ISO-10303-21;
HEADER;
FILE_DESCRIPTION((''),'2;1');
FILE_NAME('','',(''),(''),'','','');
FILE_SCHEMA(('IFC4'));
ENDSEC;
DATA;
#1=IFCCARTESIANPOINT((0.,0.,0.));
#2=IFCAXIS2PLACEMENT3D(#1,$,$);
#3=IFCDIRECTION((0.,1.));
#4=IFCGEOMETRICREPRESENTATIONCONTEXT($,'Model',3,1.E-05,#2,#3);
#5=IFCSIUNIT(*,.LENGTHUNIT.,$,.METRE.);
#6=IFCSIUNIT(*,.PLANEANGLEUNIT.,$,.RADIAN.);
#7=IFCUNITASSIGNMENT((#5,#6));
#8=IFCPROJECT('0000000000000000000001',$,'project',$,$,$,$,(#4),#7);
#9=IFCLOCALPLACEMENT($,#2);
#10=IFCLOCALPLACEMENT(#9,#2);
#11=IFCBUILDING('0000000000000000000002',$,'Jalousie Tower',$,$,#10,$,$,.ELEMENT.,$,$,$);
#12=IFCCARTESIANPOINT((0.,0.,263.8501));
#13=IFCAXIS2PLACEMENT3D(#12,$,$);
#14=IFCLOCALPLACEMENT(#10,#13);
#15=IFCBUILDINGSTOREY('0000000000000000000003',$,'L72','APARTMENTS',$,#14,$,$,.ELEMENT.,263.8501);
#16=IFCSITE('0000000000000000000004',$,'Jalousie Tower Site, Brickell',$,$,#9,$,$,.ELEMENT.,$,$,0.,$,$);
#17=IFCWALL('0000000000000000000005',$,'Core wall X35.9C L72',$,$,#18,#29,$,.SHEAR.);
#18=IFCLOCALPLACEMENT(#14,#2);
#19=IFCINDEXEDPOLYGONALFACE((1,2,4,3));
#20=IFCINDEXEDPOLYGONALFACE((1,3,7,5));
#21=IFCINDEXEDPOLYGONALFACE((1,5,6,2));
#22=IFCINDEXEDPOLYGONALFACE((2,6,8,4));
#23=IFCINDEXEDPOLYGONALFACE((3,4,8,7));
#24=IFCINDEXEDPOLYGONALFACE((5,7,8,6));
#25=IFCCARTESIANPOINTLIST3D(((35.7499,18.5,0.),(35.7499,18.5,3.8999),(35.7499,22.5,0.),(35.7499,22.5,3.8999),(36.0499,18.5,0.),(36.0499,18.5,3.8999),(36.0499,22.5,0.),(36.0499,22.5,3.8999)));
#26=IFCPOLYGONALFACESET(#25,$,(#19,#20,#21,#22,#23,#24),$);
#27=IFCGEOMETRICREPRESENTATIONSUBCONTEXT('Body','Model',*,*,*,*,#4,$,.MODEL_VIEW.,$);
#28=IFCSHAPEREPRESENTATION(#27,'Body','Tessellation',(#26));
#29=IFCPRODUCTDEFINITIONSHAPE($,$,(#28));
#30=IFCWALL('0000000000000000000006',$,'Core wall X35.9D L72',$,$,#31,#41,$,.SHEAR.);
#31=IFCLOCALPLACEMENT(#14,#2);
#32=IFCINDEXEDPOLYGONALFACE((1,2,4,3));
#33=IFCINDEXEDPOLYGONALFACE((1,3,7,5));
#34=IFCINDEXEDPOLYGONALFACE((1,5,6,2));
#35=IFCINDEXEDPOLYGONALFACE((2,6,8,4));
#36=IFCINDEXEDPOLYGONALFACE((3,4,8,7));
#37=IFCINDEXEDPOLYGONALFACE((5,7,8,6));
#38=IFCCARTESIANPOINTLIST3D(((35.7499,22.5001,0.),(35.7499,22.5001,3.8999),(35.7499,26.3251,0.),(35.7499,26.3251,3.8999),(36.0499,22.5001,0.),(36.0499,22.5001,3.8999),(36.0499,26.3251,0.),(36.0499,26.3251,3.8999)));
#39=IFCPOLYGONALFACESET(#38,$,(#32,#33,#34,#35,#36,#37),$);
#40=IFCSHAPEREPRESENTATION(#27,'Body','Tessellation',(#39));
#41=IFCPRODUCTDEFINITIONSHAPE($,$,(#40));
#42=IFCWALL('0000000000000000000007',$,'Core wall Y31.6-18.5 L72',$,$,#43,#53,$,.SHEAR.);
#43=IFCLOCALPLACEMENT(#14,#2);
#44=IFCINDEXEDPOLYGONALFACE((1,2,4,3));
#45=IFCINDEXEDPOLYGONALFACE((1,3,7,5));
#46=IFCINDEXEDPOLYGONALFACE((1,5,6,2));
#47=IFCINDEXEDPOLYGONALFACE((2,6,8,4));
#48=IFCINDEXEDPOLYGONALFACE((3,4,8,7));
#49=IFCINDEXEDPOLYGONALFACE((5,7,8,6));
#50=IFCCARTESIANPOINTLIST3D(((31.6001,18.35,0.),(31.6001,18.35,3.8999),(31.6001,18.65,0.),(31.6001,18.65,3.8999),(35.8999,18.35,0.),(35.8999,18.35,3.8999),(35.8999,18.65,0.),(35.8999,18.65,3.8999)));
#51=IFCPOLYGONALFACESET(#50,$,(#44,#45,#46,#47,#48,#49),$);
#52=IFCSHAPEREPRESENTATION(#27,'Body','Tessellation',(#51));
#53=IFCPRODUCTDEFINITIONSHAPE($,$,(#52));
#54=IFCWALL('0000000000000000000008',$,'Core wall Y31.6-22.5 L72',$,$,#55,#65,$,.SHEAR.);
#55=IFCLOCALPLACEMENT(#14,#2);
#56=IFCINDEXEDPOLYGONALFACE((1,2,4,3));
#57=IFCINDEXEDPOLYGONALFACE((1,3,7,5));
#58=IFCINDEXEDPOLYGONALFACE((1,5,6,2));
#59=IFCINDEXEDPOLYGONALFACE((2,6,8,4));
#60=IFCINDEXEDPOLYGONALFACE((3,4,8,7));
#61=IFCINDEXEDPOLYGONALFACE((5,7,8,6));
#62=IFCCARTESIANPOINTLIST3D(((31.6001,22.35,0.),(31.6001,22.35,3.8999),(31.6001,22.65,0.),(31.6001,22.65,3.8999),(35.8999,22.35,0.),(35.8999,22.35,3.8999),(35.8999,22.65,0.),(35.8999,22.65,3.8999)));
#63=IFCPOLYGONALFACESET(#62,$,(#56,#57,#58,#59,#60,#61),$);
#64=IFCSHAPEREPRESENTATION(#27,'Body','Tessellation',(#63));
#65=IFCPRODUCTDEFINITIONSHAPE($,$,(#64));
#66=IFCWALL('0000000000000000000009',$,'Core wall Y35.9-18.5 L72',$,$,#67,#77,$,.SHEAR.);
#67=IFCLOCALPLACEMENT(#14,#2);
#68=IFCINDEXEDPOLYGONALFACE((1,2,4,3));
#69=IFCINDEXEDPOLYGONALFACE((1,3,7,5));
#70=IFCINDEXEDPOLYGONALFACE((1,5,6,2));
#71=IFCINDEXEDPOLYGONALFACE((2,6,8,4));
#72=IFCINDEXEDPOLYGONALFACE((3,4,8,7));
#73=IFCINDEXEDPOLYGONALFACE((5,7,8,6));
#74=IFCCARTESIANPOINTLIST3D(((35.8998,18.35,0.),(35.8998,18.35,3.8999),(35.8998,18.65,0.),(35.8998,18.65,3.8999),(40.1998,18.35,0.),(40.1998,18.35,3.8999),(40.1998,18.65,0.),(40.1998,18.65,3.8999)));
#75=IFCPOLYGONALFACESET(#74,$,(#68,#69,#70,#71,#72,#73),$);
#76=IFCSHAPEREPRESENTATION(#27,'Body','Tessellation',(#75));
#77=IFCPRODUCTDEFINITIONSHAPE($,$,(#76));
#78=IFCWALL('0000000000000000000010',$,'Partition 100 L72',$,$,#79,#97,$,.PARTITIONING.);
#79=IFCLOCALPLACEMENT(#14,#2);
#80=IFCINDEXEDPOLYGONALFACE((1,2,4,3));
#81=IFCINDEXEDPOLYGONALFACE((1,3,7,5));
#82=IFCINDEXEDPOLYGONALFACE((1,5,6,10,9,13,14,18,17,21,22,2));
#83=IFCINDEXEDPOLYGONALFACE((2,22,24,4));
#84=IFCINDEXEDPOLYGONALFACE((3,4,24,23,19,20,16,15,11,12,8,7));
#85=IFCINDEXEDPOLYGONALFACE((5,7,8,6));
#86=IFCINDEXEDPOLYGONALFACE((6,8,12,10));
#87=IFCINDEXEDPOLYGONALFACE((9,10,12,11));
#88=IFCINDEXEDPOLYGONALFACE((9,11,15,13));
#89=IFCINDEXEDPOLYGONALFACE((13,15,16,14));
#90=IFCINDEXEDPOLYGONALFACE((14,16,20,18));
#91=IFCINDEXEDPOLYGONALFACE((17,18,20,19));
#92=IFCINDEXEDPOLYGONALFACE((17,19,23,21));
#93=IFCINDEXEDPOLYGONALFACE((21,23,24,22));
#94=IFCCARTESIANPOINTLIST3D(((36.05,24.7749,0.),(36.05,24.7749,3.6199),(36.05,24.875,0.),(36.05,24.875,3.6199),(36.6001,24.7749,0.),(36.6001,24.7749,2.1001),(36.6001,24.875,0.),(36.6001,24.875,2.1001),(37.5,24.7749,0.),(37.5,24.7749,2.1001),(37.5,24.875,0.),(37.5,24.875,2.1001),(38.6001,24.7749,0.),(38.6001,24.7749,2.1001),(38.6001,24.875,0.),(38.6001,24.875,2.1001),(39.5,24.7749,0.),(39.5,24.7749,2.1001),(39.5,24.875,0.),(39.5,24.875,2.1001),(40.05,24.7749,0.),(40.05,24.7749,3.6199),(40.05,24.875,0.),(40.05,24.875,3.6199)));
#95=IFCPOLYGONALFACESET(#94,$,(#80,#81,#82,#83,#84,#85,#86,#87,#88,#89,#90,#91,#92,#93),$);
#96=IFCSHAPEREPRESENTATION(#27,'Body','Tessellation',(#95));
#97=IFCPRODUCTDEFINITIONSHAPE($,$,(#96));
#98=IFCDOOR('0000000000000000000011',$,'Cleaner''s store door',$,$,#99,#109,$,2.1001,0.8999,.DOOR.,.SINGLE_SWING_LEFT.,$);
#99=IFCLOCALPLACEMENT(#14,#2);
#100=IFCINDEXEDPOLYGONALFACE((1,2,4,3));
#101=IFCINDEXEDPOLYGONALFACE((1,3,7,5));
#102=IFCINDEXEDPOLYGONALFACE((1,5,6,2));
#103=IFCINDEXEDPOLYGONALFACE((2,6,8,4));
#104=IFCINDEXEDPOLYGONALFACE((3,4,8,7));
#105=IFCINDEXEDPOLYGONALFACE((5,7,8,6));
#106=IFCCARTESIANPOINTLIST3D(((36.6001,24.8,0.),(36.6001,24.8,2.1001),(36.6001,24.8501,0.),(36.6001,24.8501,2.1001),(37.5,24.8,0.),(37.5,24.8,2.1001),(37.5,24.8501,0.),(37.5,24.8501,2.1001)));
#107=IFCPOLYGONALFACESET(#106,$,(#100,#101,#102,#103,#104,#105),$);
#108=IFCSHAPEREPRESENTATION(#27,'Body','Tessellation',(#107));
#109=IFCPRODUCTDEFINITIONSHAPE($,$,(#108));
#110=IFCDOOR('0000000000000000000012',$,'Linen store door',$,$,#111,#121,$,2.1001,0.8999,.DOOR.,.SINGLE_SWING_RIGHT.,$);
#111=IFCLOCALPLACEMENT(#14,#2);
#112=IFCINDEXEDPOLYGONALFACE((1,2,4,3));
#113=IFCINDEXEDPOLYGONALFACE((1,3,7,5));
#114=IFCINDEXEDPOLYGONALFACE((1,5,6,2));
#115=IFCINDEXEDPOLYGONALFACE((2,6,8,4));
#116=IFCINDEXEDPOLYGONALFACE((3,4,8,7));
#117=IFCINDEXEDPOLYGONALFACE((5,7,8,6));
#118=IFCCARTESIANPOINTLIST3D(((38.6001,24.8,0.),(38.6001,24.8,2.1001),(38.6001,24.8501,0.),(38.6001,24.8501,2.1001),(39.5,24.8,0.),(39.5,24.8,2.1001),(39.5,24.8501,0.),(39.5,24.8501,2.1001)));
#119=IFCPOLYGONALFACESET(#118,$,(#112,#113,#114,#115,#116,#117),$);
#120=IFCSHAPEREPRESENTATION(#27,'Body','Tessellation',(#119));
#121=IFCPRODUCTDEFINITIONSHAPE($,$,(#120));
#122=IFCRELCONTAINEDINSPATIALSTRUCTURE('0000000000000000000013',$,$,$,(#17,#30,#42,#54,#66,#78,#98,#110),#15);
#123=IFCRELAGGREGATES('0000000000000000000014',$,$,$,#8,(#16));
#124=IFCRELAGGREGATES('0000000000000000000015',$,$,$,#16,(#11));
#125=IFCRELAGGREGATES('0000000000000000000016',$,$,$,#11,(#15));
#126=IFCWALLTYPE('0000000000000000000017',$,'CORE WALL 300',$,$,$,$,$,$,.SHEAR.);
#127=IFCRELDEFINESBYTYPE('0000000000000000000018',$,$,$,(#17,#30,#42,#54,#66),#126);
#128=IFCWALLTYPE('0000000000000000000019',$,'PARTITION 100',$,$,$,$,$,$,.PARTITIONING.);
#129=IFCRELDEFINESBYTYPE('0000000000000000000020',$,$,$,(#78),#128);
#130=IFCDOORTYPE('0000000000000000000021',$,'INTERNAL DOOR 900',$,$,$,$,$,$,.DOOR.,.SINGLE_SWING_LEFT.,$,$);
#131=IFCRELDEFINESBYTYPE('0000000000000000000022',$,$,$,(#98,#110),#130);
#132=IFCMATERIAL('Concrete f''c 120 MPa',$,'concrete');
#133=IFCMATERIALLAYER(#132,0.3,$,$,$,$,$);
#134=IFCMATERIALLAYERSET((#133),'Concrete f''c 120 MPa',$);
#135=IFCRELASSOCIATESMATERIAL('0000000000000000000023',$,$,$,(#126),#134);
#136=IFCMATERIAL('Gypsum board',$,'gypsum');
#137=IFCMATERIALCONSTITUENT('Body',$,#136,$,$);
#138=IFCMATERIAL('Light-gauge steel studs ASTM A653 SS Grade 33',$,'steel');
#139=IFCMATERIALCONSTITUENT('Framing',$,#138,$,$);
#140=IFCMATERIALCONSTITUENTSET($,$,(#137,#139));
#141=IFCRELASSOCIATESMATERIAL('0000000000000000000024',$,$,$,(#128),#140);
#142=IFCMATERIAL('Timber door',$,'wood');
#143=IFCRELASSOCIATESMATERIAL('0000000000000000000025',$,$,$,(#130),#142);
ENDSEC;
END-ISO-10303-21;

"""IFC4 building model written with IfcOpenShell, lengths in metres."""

from ifc_helpers import new_model, si_unit, direction, frame, frame_2d, origin, place, context, subcontext, project, spatial, rectangle, extrude, material, layer, layer_set, constituent, constituent_set, type_object, element, fill, save


model = new_model("IFC4")

# Units and contexts
model_context = context("Model", 3, precision=1e-05, world=origin(), true_north=direction((0.0, 1.0)))
body_context = subcontext(model_context, "Body", "Model", "MODEL_VIEW")
ifc_project = project(units=[si_unit("LENGTHUNIT", "METRE"), si_unit("PLANEANGLEUNIT", "RADIAN")], contexts=[model_context])

# Site, building, storey
site_placement = place(None, origin())
site = spatial("IfcSite", under=ifc_project, at=site_placement, Name="Jalousie Tower Site, Brickell", CompositionType="ELEMENT", RefElevation=0.0)
building_placement = place(site_placement, origin())
building = spatial("IfcBuilding", under=site, at=building_placement, Name="Jalousie Tower", CompositionType="ELEMENT")
storey_placement = place(building_placement, frame((0.0, 0.0, 263.8501)))
storey = spatial("IfcBuildingStorey", under=building, at=storey_placement, Name="L72", Description="APARTMENTS", CompositionType="ELEMENT", Elevation=263.8501)

# Shared definitions
ifc_material_1 = material(Name="Concrete f'c 120 MPa", Category="concrete")
ifc_layer_1 = layer(ifc_material_1, 0.3)
ifc_layer_set_1 = layer_set([ifc_layer_1], Name="Concrete f'c 120 MPa")
wall_type_1 = type_object("IfcWallType", Name="CORE WALL 300", PredefinedType="SHEAR", material=ifc_layer_set_1)

# Walls
wall_1_placement = place(storey_placement, frame((35.8999, 18.5, 0.0), z_axis=(0.0, 0.0, 1.0), x_axis=(0.0, 1.0, 0.0)))
element("IfcWall", 1, at=wall_1_placement, inside=storey, type_object=wall_type_1, Name="Core wall X35.9C L72", PredefinedType="SHEAR", context=body_context, shape_type="SweptSolid", body=[
    extrude(rectangle(XDim=4.0, YDim=0.3, at=frame_2d((2.0, 0.0))), origin(), (0.0, 0.0, 1.0), 3.8999),
])
wall_2_placement = place(storey_placement, frame((35.8999, 22.5, 0.0), z_axis=(0.0, 0.0, 1.0), x_axis=(0.0, 1.0, 0.0)))
element("IfcWall", 2, at=wall_2_placement, inside=storey, type_object=wall_type_1, Name="Core wall X35.9D L72", PredefinedType="SHEAR", context=body_context, shape_type="SweptSolid", body=[
    extrude(rectangle(XDim=3.825, YDim=0.3, at=frame_2d((1.9126, 0.0))), origin(), (0.0, 0.0, 1.0), 3.8999),
])
for number, where, z_axis, x_axis, name in (
    (3, (31.6001, 18.5, 0.0), (0.0, 0.0, 1.0), (1.0, 0.0, 0.0), "Core wall Y31.6-18.5 L72"),
    (4, (31.6001, 22.5, 0.0), (0.0, 0.0, 1.0), (1.0, 0.0, 0.0), "Core wall Y31.6-22.5 L72"),
):
    element("IfcWall", number, at=place(storey_placement, frame(where, z_axis=z_axis, x_axis=x_axis)), inside=storey, type_object=wall_type_1, Name=name, PredefinedType="SHEAR", context=body_context, shape_type="SweptSolid", body=[
        extrude(rectangle(XDim=4.2998, YDim=0.3, at=frame_2d((2.1499, 0.0))), origin(), (0.0, 0.0, 1.0), 3.8999),
    ])
wall_3_placement = place(storey_placement, frame((35.8999, 18.5, 0.0), z_axis=(0.0, 0.0, 1.0), x_axis=(1.0, 0.0, 0.0)))
element("IfcWall", 5, at=wall_3_placement, inside=storey, type_object=wall_type_1, Name="Core wall Y35.9-18.5 L72", PredefinedType="SHEAR", context=body_context, shape_type="SweptSolid", body=[
    extrude(rectangle(XDim=4.3, YDim=0.3, at=frame_2d((2.1499, 0.0))), origin(), (0.0, 0.0, 1.0), 3.8999),
])

# Wall, openings, doors
ifc_material_2 = material(Name="Gypsum board", Category="gypsum")
ifc_constituent_1 = constituent(ifc_material_2, Name="Body")
ifc_material_3 = material(Name="Light-gauge steel studs ASTM A653 SS Grade 33", Category="steel")
ifc_constituent_2 = constituent(ifc_material_3, Name="Framing")
ifc_constituent_set = constituent_set(constituents=[ifc_constituent_1, ifc_constituent_2])
wall_type_2 = type_object("IfcWallType", Name="PARTITION 100", PredefinedType="PARTITIONING", material=ifc_constituent_set)
wall_4_placement = place(storey_placement, frame((36.05, 24.825, 0.0), z_axis=(0.0, 0.0, 1.0), x_axis=(1.0, 0.0, 0.0)))
wall_4 = element("IfcWall", 6, at=wall_4_placement, inside=storey, type_object=wall_type_2, Name="Partition 100 L72", PredefinedType="PARTITIONING", context=body_context, shape_type="SweptSolid", body=[
    extrude(rectangle(XDim=4.0, YDim=0.1001, at=frame_2d((2.0, 0.0))), origin(), (0.0, 0.0, 1.0), 3.6199),
])
opening_1_placement = place(wall_4_placement, frame((0.55, 0.0, 0.0)))
opening_1 = element("IfcOpeningElement", 7, at=opening_1_placement, cuts=wall_4, PredefinedType="OPENING", context=body_context, shape_type="SweptSolid", body=[
    extrude(rectangle(XDim=0.8999, YDim=2.1001, at=frame_2d((0.45, 1.05))), frame((0.0, 0.0601, 0.0), z_axis=(0.0, -1.0, 0.0), x_axis=(1.0, 0.0, 0.0)), (0.0, 0.0, 1.0), 0.1201),
])
opening_2_placement = place(wall_4_placement, frame((2.55, 0.0, 0.0)))
opening_2 = element("IfcOpeningElement", 8, at=opening_2_placement, cuts=wall_4, PredefinedType="OPENING", context=body_context, shape_type="SweptSolid", body=[
    extrude(rectangle(XDim=0.8999, YDim=2.1001, at=frame_2d((0.45, 1.05))), frame((0.0, 0.0601, 0.0), z_axis=(0.0, -1.0, 0.0), x_axis=(1.0, 0.0, 0.0)), (0.0, 0.0, 1.0), 0.1201),
])
ifc_material_4 = material(Name="Timber door", Category="wood")
door_type_1 = type_object("IfcDoorType", Name="INTERNAL DOOR 900", OperationType="SINGLE_SWING_LEFT", PredefinedType="DOOR", material=ifc_material_4)
door_1_placement = place(opening_1_placement, frame((0.8999, 0.0, 0.0), z_axis=(0.0, 0.0, 1.0), x_axis=(-1.0, 0.0, 0.0)))
door_1 = element("IfcDoor", 9, at=door_1_placement, inside=storey, type_object=door_type_1, Name="Cleaner's store door", OperationType="SINGLE_SWING_LEFT", OverallHeight=2.1001, OverallWidth=0.8999, PredefinedType="DOOR", context=body_context, shape_type="SweptSolid", body=[
    extrude(rectangle(XDim=0.8999, YDim=2.1001, at=frame_2d((0.45, 1.05))), frame((0.0, 0.0249, 0.0), z_axis=(0.0, -1.0, 0.0), x_axis=(1.0, 0.0, 0.0)), (0.0, 0.0, 1.0), 0.05),
])
fill(opening_1, door_1)
door_2_placement = place(opening_2_placement, frame((0.8999, 0.0, 0.0), z_axis=(0.0, 0.0, 1.0), x_axis=(-1.0, 0.0, 0.0)))
door_2 = element("IfcDoor", 10, at=door_2_placement, inside=storey, type_object=door_type_1, Name="Linen store door", OperationType="SINGLE_SWING_RIGHT", OverallHeight=2.1001, OverallWidth=0.8999, PredefinedType="DOOR", context=body_context, shape_type="SweptSolid", body=[
    extrude(rectangle(XDim=0.8999, YDim=2.1001, at=frame_2d((0.45, 1.05))), frame((0.0, 0.0249, 0.0), z_axis=(0.0, -1.0, 0.0), x_axis=(1.0, 0.0, 0.0)), (0.0, 0.0, 1.0), 0.05),
])
fill(opening_2, door_2)

save(model, "model.ifc")
